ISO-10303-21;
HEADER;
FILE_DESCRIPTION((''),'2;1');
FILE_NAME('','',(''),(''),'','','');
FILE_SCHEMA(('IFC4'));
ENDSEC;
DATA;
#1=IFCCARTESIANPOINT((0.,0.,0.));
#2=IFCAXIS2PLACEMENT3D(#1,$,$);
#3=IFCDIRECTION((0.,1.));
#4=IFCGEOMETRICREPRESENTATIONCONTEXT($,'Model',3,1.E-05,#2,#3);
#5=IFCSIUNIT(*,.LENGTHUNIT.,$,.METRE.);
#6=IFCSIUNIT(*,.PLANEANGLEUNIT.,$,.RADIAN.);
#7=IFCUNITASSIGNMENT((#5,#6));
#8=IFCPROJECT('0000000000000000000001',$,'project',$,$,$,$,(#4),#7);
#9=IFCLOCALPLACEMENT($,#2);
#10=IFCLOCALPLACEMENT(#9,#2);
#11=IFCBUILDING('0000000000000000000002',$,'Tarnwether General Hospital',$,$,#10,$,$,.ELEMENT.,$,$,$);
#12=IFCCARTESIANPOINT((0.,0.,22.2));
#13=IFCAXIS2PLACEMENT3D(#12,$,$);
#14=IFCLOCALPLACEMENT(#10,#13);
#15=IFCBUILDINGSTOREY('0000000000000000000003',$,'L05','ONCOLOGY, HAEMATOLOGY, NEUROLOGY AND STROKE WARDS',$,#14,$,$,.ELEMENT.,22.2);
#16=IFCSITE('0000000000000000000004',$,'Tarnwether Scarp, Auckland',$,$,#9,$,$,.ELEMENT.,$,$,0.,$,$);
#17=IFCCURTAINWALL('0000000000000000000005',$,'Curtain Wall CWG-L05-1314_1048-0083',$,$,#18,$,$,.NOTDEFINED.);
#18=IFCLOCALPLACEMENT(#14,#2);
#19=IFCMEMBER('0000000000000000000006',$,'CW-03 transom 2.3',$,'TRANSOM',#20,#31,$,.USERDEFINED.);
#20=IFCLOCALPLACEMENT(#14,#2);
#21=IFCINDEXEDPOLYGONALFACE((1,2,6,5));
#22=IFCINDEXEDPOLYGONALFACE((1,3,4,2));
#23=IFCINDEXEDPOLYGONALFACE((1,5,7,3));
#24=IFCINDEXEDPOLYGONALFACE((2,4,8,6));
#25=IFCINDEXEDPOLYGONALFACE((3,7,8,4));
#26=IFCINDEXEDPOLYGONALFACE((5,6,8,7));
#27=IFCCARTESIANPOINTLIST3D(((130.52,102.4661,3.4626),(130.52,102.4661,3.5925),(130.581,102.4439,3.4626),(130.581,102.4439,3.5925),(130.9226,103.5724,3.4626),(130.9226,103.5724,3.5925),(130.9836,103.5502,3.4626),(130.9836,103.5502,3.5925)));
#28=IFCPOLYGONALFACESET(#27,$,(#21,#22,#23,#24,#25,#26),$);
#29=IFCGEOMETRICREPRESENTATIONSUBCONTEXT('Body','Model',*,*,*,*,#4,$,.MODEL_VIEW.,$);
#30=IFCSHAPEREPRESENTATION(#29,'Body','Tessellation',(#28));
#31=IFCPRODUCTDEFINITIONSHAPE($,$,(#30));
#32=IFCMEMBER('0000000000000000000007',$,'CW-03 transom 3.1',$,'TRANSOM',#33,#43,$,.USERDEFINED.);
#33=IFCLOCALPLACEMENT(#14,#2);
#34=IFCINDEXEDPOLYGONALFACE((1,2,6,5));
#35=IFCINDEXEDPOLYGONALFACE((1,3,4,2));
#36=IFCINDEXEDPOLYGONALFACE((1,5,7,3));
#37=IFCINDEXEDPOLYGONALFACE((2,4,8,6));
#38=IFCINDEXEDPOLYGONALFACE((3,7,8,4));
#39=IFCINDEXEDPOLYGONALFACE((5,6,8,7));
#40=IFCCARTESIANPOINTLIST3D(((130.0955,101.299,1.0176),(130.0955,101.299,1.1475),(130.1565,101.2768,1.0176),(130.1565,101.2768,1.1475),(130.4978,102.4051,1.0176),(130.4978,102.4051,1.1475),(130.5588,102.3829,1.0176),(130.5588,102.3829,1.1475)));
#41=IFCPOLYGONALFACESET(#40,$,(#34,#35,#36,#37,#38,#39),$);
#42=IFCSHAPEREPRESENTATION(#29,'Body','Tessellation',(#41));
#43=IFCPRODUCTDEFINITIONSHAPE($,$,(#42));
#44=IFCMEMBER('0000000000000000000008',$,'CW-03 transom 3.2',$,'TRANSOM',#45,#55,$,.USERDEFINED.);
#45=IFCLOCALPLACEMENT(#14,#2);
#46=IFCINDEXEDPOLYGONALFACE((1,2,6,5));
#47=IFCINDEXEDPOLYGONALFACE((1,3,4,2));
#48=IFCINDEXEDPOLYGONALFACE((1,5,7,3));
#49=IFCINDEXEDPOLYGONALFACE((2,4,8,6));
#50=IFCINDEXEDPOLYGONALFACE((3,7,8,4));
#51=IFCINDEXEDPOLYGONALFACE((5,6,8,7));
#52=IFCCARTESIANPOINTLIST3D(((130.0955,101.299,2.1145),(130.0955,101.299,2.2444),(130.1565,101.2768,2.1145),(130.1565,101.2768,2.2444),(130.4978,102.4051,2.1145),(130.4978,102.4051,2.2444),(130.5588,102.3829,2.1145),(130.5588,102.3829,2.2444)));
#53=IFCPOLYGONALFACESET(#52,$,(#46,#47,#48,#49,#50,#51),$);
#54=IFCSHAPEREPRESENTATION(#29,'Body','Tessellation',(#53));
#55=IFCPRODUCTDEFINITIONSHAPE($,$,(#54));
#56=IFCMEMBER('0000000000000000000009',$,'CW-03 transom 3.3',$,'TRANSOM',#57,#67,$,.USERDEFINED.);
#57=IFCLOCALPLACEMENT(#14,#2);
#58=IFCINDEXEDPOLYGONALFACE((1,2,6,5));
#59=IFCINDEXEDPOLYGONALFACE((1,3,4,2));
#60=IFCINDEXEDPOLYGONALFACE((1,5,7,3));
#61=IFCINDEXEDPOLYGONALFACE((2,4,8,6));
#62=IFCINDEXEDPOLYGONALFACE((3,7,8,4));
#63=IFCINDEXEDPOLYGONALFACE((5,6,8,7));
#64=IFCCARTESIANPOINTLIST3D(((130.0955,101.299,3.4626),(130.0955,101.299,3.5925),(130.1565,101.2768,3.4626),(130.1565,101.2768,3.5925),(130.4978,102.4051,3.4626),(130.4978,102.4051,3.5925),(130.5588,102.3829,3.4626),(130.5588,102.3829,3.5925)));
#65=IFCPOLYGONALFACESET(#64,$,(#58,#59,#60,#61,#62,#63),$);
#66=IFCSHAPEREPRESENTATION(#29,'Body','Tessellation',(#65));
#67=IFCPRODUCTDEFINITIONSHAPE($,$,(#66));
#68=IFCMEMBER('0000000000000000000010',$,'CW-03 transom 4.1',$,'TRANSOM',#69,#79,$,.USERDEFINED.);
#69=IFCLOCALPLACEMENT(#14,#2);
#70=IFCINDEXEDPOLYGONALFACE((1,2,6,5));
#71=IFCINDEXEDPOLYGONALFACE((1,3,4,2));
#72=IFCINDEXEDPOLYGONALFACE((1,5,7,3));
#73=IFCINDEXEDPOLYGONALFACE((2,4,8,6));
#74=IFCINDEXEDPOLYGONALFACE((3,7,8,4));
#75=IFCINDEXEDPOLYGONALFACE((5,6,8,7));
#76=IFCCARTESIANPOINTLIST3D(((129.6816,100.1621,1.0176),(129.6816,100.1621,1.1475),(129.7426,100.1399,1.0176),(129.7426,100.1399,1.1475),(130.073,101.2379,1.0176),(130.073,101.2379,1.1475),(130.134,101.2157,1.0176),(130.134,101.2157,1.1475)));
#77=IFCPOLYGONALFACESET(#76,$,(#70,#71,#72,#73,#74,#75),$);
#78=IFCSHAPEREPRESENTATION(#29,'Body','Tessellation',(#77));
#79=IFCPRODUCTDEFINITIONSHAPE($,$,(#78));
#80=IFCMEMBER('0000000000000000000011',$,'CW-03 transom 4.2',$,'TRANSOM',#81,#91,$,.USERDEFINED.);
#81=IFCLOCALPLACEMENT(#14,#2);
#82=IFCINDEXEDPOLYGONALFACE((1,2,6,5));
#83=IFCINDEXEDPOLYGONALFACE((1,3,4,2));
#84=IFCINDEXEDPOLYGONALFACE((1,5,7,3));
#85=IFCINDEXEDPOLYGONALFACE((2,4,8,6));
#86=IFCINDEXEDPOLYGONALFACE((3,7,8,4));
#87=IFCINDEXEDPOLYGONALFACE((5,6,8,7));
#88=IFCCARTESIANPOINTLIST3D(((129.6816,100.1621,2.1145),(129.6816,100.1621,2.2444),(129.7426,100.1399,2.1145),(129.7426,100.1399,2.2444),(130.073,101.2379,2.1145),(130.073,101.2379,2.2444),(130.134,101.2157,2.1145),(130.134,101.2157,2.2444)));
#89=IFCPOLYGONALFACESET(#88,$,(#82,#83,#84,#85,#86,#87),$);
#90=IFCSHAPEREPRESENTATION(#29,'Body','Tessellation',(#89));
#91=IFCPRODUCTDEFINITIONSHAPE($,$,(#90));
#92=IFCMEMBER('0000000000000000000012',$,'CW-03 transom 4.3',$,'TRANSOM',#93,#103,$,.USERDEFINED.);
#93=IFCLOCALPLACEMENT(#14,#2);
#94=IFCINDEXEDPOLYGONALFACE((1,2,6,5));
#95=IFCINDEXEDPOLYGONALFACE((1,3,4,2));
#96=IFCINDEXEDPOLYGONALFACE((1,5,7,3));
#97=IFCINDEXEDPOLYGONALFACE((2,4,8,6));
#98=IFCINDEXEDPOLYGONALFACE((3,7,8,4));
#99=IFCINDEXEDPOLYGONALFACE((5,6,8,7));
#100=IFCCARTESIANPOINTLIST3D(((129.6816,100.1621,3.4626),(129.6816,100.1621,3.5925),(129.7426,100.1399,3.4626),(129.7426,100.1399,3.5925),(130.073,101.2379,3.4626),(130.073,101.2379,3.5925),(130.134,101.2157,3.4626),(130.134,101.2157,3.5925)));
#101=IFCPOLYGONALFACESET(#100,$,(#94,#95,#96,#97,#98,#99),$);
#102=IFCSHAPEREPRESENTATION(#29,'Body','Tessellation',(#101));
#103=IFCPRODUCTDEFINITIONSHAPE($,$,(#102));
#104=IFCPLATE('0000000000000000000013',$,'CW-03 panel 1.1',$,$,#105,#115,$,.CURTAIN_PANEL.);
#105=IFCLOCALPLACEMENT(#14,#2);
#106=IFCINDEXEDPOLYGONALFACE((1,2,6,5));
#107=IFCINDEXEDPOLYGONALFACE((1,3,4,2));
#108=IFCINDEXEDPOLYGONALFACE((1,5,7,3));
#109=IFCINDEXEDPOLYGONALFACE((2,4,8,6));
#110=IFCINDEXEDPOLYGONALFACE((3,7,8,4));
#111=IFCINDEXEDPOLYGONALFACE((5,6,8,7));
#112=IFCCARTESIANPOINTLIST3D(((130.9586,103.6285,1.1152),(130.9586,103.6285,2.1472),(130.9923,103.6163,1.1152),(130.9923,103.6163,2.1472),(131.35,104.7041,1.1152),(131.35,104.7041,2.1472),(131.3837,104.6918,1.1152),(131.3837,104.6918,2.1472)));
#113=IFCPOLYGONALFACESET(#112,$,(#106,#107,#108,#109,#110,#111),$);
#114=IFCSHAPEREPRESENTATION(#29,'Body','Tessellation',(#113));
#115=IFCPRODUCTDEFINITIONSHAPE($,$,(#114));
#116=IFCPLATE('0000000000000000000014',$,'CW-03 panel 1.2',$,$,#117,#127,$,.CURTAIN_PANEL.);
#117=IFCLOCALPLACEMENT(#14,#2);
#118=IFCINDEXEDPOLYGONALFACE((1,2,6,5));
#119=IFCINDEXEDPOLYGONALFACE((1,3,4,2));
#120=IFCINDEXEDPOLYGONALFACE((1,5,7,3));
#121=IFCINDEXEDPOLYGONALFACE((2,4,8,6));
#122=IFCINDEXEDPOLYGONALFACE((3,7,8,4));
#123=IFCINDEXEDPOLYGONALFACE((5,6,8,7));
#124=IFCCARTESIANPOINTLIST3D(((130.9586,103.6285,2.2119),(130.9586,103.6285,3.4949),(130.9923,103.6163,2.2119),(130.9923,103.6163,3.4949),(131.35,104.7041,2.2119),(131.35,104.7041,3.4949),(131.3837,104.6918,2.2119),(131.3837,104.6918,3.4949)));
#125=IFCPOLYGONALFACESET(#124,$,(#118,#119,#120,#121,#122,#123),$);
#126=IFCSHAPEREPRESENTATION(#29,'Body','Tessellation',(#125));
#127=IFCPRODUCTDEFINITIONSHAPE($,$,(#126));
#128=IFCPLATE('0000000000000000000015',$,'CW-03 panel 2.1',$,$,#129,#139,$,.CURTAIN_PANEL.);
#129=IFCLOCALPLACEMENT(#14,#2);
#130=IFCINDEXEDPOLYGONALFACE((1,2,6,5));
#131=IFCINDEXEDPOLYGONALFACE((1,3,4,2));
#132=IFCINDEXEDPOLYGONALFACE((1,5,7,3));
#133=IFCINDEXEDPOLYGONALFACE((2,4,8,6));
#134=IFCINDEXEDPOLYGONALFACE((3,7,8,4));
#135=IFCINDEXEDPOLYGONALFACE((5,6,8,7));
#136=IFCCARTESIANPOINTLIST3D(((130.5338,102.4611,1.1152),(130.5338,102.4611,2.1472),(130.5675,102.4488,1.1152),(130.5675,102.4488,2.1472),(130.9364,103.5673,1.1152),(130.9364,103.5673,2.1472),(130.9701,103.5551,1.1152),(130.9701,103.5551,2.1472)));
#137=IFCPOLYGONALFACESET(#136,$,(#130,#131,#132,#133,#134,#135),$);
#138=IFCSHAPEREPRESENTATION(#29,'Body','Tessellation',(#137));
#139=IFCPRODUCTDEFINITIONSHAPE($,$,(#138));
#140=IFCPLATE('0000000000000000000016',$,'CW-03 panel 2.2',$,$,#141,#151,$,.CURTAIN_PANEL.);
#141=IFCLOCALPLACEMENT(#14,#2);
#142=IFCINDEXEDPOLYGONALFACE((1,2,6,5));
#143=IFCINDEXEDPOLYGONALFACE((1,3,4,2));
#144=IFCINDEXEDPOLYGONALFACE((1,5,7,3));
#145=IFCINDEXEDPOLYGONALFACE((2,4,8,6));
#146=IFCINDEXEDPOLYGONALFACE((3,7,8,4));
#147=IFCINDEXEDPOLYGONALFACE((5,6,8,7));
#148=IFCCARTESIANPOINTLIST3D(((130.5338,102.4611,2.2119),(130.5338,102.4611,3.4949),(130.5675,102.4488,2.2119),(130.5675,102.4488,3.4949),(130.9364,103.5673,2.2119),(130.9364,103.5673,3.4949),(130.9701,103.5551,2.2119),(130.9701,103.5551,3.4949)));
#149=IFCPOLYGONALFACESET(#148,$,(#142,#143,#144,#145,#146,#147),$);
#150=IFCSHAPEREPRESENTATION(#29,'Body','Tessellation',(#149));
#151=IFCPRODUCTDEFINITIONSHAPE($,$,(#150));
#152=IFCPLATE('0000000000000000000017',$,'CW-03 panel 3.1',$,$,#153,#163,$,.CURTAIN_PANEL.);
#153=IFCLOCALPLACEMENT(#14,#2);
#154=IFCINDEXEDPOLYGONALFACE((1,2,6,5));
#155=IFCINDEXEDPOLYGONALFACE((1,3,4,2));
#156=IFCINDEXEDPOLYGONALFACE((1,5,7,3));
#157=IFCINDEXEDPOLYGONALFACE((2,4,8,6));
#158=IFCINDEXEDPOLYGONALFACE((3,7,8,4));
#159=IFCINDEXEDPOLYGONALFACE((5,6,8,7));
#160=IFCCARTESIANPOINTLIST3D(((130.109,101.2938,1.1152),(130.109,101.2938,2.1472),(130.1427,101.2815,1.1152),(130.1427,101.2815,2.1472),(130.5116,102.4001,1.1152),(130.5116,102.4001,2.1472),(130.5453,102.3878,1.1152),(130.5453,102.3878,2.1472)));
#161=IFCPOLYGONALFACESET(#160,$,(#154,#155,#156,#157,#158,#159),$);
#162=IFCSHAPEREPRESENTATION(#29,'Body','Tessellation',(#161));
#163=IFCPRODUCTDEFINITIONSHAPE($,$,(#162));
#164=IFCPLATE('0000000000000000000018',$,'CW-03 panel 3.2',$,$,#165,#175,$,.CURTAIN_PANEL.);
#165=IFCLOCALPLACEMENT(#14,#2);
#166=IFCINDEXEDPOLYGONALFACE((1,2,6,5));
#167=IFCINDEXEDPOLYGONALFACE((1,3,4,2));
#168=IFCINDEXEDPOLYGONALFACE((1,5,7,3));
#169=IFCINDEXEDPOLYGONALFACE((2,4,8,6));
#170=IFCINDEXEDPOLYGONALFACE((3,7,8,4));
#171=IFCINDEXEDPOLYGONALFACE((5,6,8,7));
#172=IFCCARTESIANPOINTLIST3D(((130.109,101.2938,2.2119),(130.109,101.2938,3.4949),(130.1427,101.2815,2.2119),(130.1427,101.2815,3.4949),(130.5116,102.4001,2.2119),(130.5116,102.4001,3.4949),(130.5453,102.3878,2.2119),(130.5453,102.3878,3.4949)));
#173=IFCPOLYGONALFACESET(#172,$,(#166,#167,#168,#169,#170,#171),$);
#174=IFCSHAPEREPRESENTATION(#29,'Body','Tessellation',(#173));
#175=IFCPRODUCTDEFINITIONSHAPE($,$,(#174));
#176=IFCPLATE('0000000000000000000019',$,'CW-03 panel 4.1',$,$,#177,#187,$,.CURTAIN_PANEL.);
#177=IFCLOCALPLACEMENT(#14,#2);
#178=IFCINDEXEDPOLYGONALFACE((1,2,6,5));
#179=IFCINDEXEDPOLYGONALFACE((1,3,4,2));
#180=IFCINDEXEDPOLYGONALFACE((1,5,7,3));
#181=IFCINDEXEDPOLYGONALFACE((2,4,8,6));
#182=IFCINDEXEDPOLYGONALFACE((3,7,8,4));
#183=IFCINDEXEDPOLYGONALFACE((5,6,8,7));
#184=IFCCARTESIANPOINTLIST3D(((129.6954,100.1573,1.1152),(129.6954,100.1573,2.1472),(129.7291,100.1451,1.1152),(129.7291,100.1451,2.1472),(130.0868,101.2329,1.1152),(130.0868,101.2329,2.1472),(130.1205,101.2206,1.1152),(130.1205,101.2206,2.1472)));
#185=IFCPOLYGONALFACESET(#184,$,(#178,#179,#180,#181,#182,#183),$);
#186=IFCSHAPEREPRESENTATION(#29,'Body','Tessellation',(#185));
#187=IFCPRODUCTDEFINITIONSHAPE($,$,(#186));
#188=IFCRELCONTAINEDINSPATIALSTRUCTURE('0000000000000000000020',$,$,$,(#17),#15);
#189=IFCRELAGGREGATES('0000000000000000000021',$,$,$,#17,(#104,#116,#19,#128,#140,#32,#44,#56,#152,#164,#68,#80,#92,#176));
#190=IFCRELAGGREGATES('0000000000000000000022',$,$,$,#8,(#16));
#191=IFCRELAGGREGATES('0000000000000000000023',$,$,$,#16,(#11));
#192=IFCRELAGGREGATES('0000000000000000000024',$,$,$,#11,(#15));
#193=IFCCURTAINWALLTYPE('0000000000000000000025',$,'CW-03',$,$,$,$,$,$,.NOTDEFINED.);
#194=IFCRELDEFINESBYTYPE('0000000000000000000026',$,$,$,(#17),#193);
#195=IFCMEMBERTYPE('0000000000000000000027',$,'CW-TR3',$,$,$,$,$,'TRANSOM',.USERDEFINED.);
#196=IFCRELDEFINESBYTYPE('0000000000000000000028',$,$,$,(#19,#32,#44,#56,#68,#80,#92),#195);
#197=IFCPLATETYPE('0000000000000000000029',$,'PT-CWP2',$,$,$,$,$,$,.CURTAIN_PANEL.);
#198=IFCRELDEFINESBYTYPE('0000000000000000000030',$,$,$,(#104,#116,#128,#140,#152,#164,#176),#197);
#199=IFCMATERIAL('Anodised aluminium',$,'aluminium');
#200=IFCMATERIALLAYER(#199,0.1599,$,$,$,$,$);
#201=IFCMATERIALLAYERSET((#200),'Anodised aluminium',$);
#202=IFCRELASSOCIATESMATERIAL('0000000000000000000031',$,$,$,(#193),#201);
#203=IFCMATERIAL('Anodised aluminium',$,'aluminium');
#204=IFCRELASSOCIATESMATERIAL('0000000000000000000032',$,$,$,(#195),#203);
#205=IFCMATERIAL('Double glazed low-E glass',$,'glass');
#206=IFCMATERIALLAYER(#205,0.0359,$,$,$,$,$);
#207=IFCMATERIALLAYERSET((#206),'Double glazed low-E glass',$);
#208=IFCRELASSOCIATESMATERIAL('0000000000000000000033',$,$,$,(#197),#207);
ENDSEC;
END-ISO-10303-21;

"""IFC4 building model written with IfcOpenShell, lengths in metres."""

from ifc_helpers import new_model, si_unit, direction, frame, origin, origin_2d, place, context, subcontext, project, spatial, rectangle, extrude, material, layer, layer_set, material_profile, profile_set, type_object, element, aggregate, save


model = new_model("IFC4")

# Units and contexts
model_context = context("Model", 3, precision=1e-05, world=origin(), true_north=direction((0.0, 1.0)))
body_context = subcontext(model_context, "Body", "Model", "MODEL_VIEW")
ifc_project = project(units=[si_unit("LENGTHUNIT", "METRE"), si_unit("PLANEANGLEUNIT", "RADIAN")], contexts=[model_context])

# Site, building, storey
site_placement = place(None, origin())
site = spatial("IfcSite", under=ifc_project, at=site_placement, Name="Tarnwether Scarp, Auckland", CompositionType="ELEMENT", RefElevation=0.0)
building_placement = place(site_placement, origin())
building = spatial("IfcBuilding", under=site, at=building_placement, Name="Tarnwether General Hospital", CompositionType="ELEMENT")
storey_placement = place(building_placement, frame((0.0, 0.0, 22.2)))
storey = spatial("IfcBuildingStorey", under=building, at=storey_placement, Name="L05", Description="ONCOLOGY, HAEMATOLOGY, NEUROLOGY AND STROKE WARDS", CompositionType="ELEMENT", Elevation=22.2)

# Shared definitions
ifc_material_1 = material(Name="Anodised aluminium", Category="aluminium")
ifc_layer_1 = layer(ifc_material_1, 0.1599)
ifc_layer_set_1 = layer_set([ifc_layer_1], Name="Anodised aluminium")
curtain_wall_type = type_object("IfcCurtainWallType", Name="CW-03", PredefinedType="NOTDEFINED", material=ifc_layer_set_1)

# Curtain wall
curtain_wall_1_placement = place(storey_placement, origin())
curtain_wall_1 = element("IfcCurtainWall", 1, at=curtain_wall_1_placement, inside=storey, type_object=curtain_wall_type, Name="Curtain Wall CWG-L05-1314_1048-0083", PredefinedType="NOTDEFINED")

# Members
ifc_material_2 = material(Name="Anodised aluminium", Category="aluminium")
ifc_material_profile_1 = material_profile(ifc_material_2, rectangle(XDim=0.0649, YDim=0.1299, at=origin_2d()), Name="ALU-TRN-65x130")
ifc_profile_set_1 = profile_set([ifc_material_profile_1], Name="Anodised aluminium")
member_type_1 = type_object("IfcMemberType", Name="CW-TR3", ElementType="TRANSOM", PredefinedType="USERDEFINED", material=ifc_profile_set_1)
member_1_placement = place(storey_placement, frame((130.9531, 103.5613, 3.5276), z_axis=(-0.341993, -0.939703, 0.0), x_axis=(0.939703, -0.341993, 0.0)))
member_1 = element("IfcMember", 2, at=member_1_placement, type_object=member_type_1, Name="CW-03 transom 2.3", ObjectType="TRANSOM", PredefinedType="USERDEFINED", context=body_context, shape_type="SweptSolid", body=[
    extrude(rectangle(XDim=0.0649, YDim=0.1299, at=origin_2d()), origin(), (0.0, 0.0, 1.0), 1.1772),
])
member_2_placement = place(storey_placement, frame((130.5283, 102.394, 1.0825), z_axis=(-0.34181, -0.939769, 0.0), x_axis=(0.939769, -0.34181, 0.0)))
member_2 = element("IfcMember", 3, at=member_2_placement, type_object=member_type_1, Name="CW-03 transom 3.1", ObjectType="TRANSOM", PredefinedType="USERDEFINED", context=body_context, shape_type="SweptSolid", body=[
    extrude(rectangle(XDim=0.0649, YDim=0.1299, at=origin_2d()), origin(), (0.0, 0.0, 1.0), 1.177),
])
member_3_placement = place(storey_placement, frame((130.5283, 102.394, 2.1794), z_axis=(-0.34181, -0.939769, 0.0), x_axis=(0.939769, -0.34181, 0.0)))
member_3 = element("IfcMember", 4, at=member_3_placement, type_object=member_type_1, Name="CW-03 transom 3.2", ObjectType="TRANSOM", PredefinedType="USERDEFINED", context=body_context, shape_type="SweptSolid", body=[
    extrude(rectangle(XDim=0.0649, YDim=0.1299, at=origin_2d()), origin(), (0.0, 0.0, 1.0), 1.177),
])
member_4_placement = place(storey_placement, frame((130.5283, 102.394, 3.5276), z_axis=(-0.34181, -0.939769, 0.0), x_axis=(0.939769, -0.34181, 0.0)))
member_4 = element("IfcMember", 5, at=member_4_placement, type_object=member_type_1, Name="CW-03 transom 3.3", ObjectType="TRANSOM", PredefinedType="USERDEFINED", context=body_context, shape_type="SweptSolid", body=[
    extrude(rectangle(XDim=0.0649, YDim=0.1299, at=origin_2d()), origin(), (0.0, 0.0, 1.0), 1.177),
])
member_5_placement = place(storey_placement, frame((130.1035, 101.2268, 1.0825), z_axis=(-0.341897, -0.939737, 0.0), x_axis=(0.939737, -0.341897, 0.0)))
member_5 = element("IfcMember", 6, at=member_5_placement, type_object=member_type_1, Name="CW-03 transom 4.1", ObjectType="TRANSOM", PredefinedType="USERDEFINED", context=body_context, shape_type="SweptSolid", body=[
    extrude(rectangle(XDim=0.0649, YDim=0.1299, at=origin_2d()), origin(), (0.0, 0.0, 1.0), 1.1448),
])
member_6_placement = place(storey_placement, frame((130.1035, 101.2268, 2.1794), z_axis=(-0.341897, -0.939737, 0.0), x_axis=(0.939737, -0.341897, 0.0)))
member_6 = element("IfcMember", 7, at=member_6_placement, type_object=member_type_1, Name="CW-03 transom 4.2", ObjectType="TRANSOM", PredefinedType="USERDEFINED", context=body_context, shape_type="SweptSolid", body=[
    extrude(rectangle(XDim=0.0649, YDim=0.1299, at=origin_2d()), origin(), (0.0, 0.0, 1.0), 1.1448),
])
member_7_placement = place(storey_placement, frame((130.1035, 101.2268, 3.5276), z_axis=(-0.341897, -0.939737, 0.0), x_axis=(0.939737, -0.341897, 0.0)))
member_7 = element("IfcMember", 8, at=member_7_placement, type_object=member_type_1, Name="CW-03 transom 4.3", ObjectType="TRANSOM", PredefinedType="USERDEFINED", context=body_context, shape_type="SweptSolid", body=[
    extrude(rectangle(XDim=0.0649, YDim=0.1299, at=origin_2d()), origin(), (0.0, 0.0, 1.0), 1.1448),
])

# Plates
ifc_material_3 = material(Name="Double glazed low-E glass", Category="glass")
ifc_layer_2 = layer(ifc_material_3, 0.0359)
ifc_layer_set_2 = layer_set([ifc_layer_2], Name="Double glazed low-E glass")
plate_type = type_object("IfcPlateType", Name="PT-CWP2", PredefinedType="CURTAIN_PANEL", material=ifc_layer_set_2)
plate_1_placement = place(storey_placement, frame((131.1711, 104.1602, 1.1152), z_axis=(0.0, 0.0, 1.0), x_axis=(-0.341953, -0.939717, 0.0)))
plate_1 = element("IfcPlate", 9, at=plate_1_placement, type_object=plate_type, Name="CW-03 panel 1.1", PredefinedType="CURTAIN_PANEL", context=body_context, shape_type="SweptSolid", body=[
    extrude(rectangle(XDim=1.1445, YDim=0.0359, at=origin_2d()), origin(), (0.0, 0.0, 1.0), 1.032),
])
plate_2_placement = place(storey_placement, frame((131.1711, 104.1602, 2.2119), z_axis=(0.0, 0.0, 1.0), x_axis=(-0.341953, -0.939717, 0.0)))
plate_2 = element("IfcPlate", 10, at=plate_2_placement, type_object=plate_type, Name="CW-03 panel 1.2", PredefinedType="CURTAIN_PANEL", context=body_context, shape_type="SweptSolid", body=[
    extrude(rectangle(XDim=1.1445, YDim=0.0359, at=origin_2d()), origin(), (0.0, 0.0, 1.0), 1.283),
])
plate_3_placement = place(storey_placement, frame((130.752, 103.0081, 1.1152), z_axis=(0.0, 0.0, 1.0), x_axis=(-0.341953, -0.939717, 0.0)))
plate_3 = element("IfcPlate", 11, at=plate_3_placement, type_object=plate_type, Name="CW-03 panel 2.1", PredefinedType="CURTAIN_PANEL", context=body_context, shape_type="SweptSolid", body=[
    extrude(rectangle(XDim=1.1772, YDim=0.0359, at=origin_2d()), origin(), (0.0, 0.0, 1.0), 1.032),
])
plate_4_placement = place(storey_placement, frame((130.752, 103.0081, 2.2119), z_axis=(0.0, 0.0, 1.0), x_axis=(-0.341953, -0.939717, 0.0)))
plate_4 = element("IfcPlate", 12, at=plate_4_placement, type_object=plate_type, Name="CW-03 panel 2.2", PredefinedType="CURTAIN_PANEL", context=body_context, shape_type="SweptSolid", body=[
    extrude(rectangle(XDim=1.1772, YDim=0.0359, at=origin_2d()), origin(), (0.0, 0.0, 1.0), 1.283),
])
plate_5_placement = place(storey_placement, frame((130.3271, 101.8408, 1.1152), z_axis=(0.0, 0.0, 1.0), x_axis=(-0.341953, -0.939717, 0.0)))
plate_5 = element("IfcPlate", 13, at=plate_5_placement, type_object=plate_type, Name="CW-03 panel 3.1", PredefinedType="CURTAIN_PANEL", context=body_context, shape_type="SweptSolid", body=[
    extrude(rectangle(XDim=1.1772, YDim=0.0359, at=origin_2d()), origin(), (0.0, 0.0, 1.0), 1.032),
])
plate_6_placement = place(storey_placement, frame((130.3271, 101.8408, 2.2119), z_axis=(0.0, 0.0, 1.0), x_axis=(-0.341953, -0.939717, 0.0)))
plate_6 = element("IfcPlate", 14, at=plate_6_placement, type_object=plate_type, Name="CW-03 panel 3.2", PredefinedType="CURTAIN_PANEL", context=body_context, shape_type="SweptSolid", body=[
    extrude(rectangle(XDim=1.1772, YDim=0.0359, at=origin_2d()), origin(), (0.0, 0.0, 1.0), 1.283),
])
plate_7_placement = place(storey_placement, frame((129.908, 100.689, 1.1152), z_axis=(0.0, 0.0, 1.0), x_axis=(-0.341953, -0.939717, 0.0)))
plate_7 = element("IfcPlate", 15, at=plate_7_placement, type_object=plate_type, Name="CW-03 panel 4.1", PredefinedType="CURTAIN_PANEL", context=body_context, shape_type="SweptSolid", body=[
    extrude(rectangle(XDim=1.1445, YDim=0.0359, at=origin_2d()), origin(), (0.0, 0.0, 1.0), 1.032),
])
aggregate(curtain_wall_1, [plate_1, plate_2, member_1, plate_3, plate_4, member_2, member_3, member_4, plate_5, plate_6, member_5, member_6, member_7, plate_7])

save(model, "model.ifc")
